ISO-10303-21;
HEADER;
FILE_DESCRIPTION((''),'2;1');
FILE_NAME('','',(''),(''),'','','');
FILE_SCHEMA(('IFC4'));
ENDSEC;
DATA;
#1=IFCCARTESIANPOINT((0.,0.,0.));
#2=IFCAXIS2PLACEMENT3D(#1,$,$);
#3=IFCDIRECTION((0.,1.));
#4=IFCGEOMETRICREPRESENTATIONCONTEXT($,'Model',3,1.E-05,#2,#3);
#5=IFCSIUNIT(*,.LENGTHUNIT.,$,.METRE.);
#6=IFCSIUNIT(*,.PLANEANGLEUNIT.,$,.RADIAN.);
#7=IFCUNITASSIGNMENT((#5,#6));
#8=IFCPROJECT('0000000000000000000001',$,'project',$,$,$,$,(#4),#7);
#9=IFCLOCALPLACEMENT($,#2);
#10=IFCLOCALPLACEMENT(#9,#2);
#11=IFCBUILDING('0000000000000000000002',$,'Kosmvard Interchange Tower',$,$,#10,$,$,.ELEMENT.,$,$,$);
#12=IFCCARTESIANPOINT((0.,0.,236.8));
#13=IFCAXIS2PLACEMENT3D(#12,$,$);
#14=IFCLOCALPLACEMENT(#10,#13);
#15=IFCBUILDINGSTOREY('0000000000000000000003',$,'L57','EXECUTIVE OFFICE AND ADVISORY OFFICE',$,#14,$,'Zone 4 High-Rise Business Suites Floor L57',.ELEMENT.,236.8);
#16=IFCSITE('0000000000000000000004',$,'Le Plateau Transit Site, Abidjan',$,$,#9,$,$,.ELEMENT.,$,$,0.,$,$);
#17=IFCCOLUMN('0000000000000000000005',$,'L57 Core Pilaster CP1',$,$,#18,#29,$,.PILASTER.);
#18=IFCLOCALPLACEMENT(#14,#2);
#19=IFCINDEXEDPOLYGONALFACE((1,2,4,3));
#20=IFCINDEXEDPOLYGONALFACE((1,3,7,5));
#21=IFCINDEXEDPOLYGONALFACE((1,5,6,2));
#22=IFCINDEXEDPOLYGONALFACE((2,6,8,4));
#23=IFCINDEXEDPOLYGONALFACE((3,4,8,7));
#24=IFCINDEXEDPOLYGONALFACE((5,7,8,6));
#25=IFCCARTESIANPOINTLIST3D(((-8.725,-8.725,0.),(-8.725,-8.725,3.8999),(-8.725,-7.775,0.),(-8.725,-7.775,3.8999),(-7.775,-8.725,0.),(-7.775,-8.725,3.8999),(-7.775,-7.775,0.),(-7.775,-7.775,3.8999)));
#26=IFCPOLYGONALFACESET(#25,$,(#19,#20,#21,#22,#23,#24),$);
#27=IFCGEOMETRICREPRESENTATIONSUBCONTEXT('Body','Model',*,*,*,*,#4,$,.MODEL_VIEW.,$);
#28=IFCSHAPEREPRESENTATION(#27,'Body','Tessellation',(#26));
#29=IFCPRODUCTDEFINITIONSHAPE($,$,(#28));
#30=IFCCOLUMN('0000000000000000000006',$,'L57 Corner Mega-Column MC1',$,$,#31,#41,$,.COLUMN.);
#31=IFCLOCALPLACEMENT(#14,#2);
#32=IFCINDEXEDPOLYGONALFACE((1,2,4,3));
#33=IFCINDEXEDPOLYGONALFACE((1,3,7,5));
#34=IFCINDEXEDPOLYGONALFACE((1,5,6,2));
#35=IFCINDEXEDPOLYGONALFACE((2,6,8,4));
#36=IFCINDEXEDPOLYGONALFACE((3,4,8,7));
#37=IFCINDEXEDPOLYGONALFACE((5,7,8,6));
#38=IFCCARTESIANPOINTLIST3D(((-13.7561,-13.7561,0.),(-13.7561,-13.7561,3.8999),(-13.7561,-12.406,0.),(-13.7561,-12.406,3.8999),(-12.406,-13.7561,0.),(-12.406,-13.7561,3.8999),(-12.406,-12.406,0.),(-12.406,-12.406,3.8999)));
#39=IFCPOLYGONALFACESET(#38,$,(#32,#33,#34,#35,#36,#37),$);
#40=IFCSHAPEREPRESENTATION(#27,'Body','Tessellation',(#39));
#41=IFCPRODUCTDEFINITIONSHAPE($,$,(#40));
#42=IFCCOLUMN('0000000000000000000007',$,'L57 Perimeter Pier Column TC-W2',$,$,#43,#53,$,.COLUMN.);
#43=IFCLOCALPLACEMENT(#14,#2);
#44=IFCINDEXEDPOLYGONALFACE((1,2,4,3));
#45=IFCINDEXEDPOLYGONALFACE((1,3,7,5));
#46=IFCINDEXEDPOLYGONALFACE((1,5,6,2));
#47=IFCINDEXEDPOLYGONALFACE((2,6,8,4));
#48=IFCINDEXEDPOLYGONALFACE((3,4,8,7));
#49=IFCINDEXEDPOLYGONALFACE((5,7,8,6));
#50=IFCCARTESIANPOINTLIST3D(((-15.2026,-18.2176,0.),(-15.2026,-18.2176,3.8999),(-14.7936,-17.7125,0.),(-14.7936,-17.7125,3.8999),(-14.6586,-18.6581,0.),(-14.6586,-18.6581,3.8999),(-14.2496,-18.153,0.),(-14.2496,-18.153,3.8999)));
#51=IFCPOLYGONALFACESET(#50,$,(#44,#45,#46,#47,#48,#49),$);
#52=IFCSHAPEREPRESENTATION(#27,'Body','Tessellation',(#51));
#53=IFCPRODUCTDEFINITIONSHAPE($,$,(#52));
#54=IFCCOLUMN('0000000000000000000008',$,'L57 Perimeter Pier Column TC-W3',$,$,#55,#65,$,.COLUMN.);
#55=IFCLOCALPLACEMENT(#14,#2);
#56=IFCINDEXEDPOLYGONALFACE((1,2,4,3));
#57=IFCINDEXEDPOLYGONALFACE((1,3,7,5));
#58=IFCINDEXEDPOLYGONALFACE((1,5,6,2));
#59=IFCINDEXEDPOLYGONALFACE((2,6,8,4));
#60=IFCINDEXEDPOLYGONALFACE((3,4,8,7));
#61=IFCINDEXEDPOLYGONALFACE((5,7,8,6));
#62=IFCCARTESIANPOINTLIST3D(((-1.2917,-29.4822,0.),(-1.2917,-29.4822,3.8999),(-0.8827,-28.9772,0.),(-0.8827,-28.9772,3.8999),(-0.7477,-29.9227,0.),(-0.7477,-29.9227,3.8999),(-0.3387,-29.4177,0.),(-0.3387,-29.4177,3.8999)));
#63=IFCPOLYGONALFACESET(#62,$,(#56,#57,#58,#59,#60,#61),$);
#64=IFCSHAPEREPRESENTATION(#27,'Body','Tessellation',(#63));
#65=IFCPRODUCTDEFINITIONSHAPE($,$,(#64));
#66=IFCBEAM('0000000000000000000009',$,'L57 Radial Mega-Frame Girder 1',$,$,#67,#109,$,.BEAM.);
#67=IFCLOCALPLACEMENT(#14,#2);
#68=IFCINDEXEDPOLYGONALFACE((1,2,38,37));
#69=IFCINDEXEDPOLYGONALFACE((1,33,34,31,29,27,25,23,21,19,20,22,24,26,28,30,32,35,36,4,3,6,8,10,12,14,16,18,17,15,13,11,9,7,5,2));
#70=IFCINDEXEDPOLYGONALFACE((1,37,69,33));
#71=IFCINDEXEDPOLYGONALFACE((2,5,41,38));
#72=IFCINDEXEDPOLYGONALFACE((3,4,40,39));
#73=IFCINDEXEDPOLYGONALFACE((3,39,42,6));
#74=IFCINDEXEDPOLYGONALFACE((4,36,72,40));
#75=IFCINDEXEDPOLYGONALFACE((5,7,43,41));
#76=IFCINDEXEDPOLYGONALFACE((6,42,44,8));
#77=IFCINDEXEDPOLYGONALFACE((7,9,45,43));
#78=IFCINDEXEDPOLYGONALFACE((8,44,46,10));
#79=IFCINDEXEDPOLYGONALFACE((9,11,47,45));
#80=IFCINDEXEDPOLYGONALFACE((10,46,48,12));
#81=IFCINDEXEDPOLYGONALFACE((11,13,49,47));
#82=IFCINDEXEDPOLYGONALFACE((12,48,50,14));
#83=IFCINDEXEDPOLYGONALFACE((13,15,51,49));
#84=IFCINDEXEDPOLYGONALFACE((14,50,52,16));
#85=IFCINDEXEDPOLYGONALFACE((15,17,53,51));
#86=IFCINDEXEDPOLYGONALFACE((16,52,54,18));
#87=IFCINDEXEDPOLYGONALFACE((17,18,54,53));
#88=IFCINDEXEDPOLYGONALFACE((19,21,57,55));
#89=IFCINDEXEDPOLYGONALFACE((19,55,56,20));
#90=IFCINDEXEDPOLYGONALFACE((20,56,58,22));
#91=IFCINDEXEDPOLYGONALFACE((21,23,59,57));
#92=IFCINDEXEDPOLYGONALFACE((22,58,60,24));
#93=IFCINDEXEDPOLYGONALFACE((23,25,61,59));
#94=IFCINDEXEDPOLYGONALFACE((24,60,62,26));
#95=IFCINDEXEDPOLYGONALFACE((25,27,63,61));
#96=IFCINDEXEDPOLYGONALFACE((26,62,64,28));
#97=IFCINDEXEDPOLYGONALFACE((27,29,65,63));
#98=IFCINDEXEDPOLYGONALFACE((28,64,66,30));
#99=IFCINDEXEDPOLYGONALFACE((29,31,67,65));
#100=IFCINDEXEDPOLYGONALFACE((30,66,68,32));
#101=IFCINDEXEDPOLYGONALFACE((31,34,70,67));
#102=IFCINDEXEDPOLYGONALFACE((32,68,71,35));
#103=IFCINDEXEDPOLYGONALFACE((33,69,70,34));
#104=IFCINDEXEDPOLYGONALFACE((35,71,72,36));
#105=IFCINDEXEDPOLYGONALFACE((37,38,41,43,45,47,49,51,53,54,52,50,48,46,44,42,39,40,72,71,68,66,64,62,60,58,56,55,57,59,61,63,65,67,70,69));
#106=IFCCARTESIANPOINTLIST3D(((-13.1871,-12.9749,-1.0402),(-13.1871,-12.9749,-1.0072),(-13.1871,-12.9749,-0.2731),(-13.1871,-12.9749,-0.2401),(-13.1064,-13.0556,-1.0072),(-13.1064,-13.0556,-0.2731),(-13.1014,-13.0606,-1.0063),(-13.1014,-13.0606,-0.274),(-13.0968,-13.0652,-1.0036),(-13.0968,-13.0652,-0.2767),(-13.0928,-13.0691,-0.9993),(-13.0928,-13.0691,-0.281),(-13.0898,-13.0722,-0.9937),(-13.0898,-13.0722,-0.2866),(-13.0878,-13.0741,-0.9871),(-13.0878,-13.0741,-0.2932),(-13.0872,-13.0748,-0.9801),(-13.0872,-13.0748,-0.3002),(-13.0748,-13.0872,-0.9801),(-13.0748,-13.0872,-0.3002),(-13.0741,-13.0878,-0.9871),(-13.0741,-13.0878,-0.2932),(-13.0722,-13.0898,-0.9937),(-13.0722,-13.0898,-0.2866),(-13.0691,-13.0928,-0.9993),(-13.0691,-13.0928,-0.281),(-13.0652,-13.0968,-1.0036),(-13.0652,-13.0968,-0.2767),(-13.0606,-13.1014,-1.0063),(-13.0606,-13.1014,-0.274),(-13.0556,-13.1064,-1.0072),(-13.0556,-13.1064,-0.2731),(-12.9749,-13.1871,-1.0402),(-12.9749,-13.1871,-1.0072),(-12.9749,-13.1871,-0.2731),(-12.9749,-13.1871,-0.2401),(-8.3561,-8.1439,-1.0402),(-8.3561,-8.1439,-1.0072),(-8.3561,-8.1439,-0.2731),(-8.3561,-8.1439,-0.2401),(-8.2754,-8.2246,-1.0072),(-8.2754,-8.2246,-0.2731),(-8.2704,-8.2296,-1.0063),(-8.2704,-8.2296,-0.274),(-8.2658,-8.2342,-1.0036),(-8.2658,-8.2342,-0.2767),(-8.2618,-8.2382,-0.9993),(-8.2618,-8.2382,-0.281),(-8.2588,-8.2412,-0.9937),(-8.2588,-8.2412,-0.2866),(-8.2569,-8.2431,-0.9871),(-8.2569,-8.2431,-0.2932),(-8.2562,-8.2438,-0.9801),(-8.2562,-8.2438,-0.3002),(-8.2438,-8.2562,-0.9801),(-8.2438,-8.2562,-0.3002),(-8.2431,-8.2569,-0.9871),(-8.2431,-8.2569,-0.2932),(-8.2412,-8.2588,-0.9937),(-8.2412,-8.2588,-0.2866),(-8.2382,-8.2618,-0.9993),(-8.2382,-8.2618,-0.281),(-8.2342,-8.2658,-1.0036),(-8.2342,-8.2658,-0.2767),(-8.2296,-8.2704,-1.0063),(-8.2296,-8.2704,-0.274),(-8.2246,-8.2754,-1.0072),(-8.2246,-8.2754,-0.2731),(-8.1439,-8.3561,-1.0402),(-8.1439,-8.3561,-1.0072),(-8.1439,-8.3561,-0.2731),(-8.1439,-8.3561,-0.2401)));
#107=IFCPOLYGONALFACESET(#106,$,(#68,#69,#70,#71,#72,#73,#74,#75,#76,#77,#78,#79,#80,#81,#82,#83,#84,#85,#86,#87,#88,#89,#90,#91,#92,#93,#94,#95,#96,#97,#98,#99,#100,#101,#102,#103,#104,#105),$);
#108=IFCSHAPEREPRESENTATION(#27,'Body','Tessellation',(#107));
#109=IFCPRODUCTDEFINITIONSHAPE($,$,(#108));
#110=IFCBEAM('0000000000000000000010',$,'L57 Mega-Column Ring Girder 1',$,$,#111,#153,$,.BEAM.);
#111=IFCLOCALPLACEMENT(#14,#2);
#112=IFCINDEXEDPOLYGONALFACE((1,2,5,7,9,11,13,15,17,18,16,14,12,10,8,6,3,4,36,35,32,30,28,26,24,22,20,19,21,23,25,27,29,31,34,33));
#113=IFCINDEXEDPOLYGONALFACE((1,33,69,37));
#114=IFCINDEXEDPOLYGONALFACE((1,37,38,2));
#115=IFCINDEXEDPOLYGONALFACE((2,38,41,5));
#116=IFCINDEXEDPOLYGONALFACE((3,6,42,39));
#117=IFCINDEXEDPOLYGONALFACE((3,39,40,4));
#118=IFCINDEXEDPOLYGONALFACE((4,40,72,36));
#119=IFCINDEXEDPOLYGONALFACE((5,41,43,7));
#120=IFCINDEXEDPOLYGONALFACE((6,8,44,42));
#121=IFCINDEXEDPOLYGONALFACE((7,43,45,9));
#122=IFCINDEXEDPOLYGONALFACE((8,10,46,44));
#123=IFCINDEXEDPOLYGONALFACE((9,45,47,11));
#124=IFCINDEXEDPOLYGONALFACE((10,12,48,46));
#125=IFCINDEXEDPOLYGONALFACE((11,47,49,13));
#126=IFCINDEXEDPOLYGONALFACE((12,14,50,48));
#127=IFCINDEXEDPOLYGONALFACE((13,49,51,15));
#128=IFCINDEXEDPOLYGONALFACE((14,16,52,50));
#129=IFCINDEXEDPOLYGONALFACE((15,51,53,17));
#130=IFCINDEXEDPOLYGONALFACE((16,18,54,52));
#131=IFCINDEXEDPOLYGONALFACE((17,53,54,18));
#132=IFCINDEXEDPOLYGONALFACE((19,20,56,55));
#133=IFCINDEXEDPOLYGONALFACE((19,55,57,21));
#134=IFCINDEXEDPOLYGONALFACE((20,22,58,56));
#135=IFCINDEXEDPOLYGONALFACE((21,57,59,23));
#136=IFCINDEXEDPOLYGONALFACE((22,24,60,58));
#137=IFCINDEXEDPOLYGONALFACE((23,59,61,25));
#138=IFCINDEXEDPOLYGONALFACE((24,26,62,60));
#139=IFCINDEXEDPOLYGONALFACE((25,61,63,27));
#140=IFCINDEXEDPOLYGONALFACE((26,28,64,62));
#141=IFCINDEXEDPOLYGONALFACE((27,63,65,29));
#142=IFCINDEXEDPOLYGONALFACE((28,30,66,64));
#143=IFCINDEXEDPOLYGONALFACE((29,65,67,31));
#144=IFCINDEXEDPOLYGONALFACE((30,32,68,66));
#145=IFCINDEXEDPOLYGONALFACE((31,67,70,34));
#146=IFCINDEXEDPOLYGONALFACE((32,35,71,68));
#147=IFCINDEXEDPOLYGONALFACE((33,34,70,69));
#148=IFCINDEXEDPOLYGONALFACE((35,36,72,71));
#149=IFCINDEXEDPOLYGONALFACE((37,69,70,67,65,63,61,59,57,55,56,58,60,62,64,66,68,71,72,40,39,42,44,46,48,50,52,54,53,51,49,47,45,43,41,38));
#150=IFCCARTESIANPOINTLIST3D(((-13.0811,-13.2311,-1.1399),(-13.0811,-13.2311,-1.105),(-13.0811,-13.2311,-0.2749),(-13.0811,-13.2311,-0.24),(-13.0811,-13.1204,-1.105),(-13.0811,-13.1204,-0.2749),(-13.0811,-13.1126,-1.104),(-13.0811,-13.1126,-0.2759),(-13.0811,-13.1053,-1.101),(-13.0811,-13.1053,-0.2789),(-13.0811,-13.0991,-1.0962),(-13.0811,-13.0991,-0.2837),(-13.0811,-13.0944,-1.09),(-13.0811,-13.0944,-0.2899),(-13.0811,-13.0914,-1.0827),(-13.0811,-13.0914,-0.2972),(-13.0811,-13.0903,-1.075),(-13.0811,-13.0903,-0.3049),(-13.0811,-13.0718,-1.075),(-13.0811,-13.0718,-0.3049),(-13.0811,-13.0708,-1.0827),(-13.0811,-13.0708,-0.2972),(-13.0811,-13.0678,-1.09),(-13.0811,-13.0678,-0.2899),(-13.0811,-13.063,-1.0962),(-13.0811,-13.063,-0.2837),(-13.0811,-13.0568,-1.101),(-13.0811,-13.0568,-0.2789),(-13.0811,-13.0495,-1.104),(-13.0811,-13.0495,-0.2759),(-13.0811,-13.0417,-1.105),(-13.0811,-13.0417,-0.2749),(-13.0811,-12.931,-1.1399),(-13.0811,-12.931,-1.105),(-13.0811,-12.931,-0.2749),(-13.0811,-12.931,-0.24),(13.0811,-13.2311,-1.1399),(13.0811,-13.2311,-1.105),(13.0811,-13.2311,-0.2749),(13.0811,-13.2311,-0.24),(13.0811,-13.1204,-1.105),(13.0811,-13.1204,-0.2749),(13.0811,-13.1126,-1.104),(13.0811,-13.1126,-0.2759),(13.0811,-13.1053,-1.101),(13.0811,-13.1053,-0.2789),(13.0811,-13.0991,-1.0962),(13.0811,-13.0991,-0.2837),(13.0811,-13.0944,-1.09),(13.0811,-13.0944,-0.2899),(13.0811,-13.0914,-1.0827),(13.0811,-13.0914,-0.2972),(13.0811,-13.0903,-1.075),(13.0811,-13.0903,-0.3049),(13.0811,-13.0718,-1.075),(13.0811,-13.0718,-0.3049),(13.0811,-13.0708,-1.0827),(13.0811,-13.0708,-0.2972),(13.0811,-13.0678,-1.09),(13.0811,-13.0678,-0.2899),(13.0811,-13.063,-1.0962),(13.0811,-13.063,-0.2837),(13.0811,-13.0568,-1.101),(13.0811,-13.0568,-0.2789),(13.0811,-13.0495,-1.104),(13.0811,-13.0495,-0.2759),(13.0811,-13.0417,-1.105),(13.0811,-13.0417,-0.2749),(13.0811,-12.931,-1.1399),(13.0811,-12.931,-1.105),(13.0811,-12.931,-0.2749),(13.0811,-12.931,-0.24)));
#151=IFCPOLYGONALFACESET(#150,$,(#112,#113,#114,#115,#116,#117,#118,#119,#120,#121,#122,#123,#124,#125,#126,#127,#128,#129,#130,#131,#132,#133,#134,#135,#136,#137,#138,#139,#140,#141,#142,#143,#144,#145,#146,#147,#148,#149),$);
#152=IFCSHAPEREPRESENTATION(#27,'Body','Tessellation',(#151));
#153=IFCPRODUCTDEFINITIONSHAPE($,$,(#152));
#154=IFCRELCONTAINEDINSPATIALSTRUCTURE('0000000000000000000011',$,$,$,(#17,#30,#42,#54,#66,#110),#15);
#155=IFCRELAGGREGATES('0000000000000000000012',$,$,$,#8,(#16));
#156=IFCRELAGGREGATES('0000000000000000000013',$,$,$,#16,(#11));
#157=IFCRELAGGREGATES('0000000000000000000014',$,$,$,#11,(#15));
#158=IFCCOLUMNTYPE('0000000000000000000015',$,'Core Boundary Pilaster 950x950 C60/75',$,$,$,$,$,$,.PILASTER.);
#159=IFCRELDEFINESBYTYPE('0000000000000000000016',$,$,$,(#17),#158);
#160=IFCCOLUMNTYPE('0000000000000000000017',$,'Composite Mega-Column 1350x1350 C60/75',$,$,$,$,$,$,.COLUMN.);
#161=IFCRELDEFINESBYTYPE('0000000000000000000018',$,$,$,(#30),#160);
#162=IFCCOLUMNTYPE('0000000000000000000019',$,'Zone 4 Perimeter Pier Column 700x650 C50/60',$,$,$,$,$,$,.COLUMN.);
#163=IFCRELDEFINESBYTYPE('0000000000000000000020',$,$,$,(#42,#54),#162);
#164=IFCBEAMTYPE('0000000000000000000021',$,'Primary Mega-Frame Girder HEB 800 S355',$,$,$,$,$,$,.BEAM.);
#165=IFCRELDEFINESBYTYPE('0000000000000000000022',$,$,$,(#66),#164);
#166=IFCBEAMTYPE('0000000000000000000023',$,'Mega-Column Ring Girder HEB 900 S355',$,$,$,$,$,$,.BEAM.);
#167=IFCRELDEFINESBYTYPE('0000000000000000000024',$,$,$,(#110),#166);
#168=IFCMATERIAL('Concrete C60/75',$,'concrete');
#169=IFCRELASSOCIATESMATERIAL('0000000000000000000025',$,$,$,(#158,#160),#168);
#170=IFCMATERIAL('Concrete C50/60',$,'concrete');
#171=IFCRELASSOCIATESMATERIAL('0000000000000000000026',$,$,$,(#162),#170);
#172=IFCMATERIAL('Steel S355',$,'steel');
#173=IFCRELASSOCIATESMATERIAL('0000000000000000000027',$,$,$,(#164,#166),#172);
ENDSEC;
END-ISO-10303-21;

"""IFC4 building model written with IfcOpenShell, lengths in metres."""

from ifc_helpers import new_model, si_unit, direction, frame, origin, origin_2d, place, context, subcontext, project, spatial, rectangle, i_section, extrude, source, transform, mapped, material, material_profile, profile_set, type_object, element, save


model = new_model("IFC4")

# Units and contexts
model_context = context("Model", 3, precision=1e-05, world=origin(), true_north=direction((0.0, 1.0)))
body_context = subcontext(model_context, "Body", "Model", "MODEL_VIEW")
ifc_project = project(units=[si_unit("LENGTHUNIT", "METRE"), si_unit("PLANEANGLEUNIT", "RADIAN")], contexts=[model_context])

# Site, building, storey
site_placement = place(None, origin())
site = spatial("IfcSite", under=ifc_project, at=site_placement, Name="Le Plateau Transit Site, Abidjan", CompositionType="ELEMENT", RefElevation=0.0)
building_placement = place(site_placement, origin())
building = spatial("IfcBuilding", under=site, at=building_placement, Name="Kosmvard Interchange Tower", CompositionType="ELEMENT")
storey_placement = place(building_placement, frame((0.0, 0.0, 236.8)))
storey = spatial("IfcBuildingStorey", under=building, at=storey_placement, Name="L57", Description="EXECUTIVE OFFICE AND ADVISORY OFFICE", LongName="Zone 4 High-Rise Business Suites Floor L57", CompositionType="ELEMENT", Elevation=236.8)

# Columns
ifc_material_1 = material(Name="Concrete C60/75", Category="concrete")
ifc_material_profile_1 = material_profile(ifc_material_1, rectangle(XDim=0.95, YDim=0.95, at=origin_2d()), Name="CP 950x950")
ifc_profile_set_1 = profile_set([ifc_material_profile_1], Name="Concrete C60/75")
column_type_1 = type_object("IfcColumnType", Name="Core Boundary Pilaster 950x950 C60/75", PredefinedType="PILASTER", material=ifc_profile_set_1)
shared_shape_1 = source(origin(), body_context, "Body", "SweptSolid", [
    extrude(rectangle(XDim=0.95, YDim=0.95, at=origin_2d()), origin(), (0.0, 0.0, 1.0), 3.8999),
])
column_1_placement = place(storey_placement, frame((-8.25, -8.25, 0.0), z_axis=(0.0, 0.0, 1.0), x_axis=(1.0, 0.0, 0.0)))
element("IfcColumn", 1, at=column_1_placement, inside=storey, type_object=column_type_1, Name="L57 Core Pilaster CP1", PredefinedType="PILASTER", context=body_context, shape_type="MappedRepresentation", body=[
    mapped(shared_shape_1, transform((0.0, 0.0, 0.0), scale=1.0)),
])
ifc_material_profile_2 = material_profile(ifc_material_1, rectangle(XDim=1.3501, YDim=1.3501, at=origin_2d()), Name="MC 1350x1350")
ifc_profile_set_2 = profile_set([ifc_material_profile_2], Name="Concrete C60/75")
column_type_2 = type_object("IfcColumnType", Name="Composite Mega-Column 1350x1350 C60/75", PredefinedType="COLUMN", material=ifc_profile_set_2)
shared_shape_2 = source(origin(), body_context, "Body", "SweptSolid", [
    extrude(rectangle(XDim=1.3501, YDim=1.3501, at=origin_2d()), origin(), (0.0, 0.0, 1.0), 3.8999),
])
column_2_placement = place(storey_placement, frame((-13.0811, -13.0811, 0.0), z_axis=(0.0, 0.0, 1.0), x_axis=(1.0, 0.0, 0.0)))
element("IfcColumn", 2, at=column_2_placement, inside=storey, type_object=column_type_2, Name="L57 Corner Mega-Column MC1", PredefinedType="COLUMN", context=body_context, shape_type="MappedRepresentation", body=[
    mapped(shared_shape_2, transform((0.0, 0.0, 0.0), scale=1.0)),
])
ifc_material_2 = material(Name="Concrete C50/60", Category="concrete")
ifc_material_profile_3 = material_profile(ifc_material_2, rectangle(XDim=0.6499, YDim=0.7, at=origin_2d()), Name="TC 700x650")
ifc_profile_set_3 = profile_set([ifc_material_profile_3], Name="Concrete C50/60")
column_type_3 = type_object("IfcColumnType", Name="Zone 4 Perimeter Pier Column 700x650 C50/60", PredefinedType="COLUMN", material=ifc_profile_set_3)
shared_shape_3 = source(origin(), body_context, "Body", "SweptSolid", [
    extrude(rectangle(XDim=0.6499, YDim=0.7, at=origin_2d()), origin(), (0.0, 0.0, 1.0), 3.8999),
])
for number, where, z_axis, x_axis, name in (
    (3, (-14.7261, -18.1853, 0.0), (0.0, 0.0, 1.0), (0.62932, 0.777146, 0.0), "L57 Perimeter Pier Column TC-W2"),
    (4, (-0.8152, -29.45, 0.0), (0.0, 0.0, 1.0), (0.62932, 0.777146, 0.0), "L57 Perimeter Pier Column TC-W3"),
):
    element("IfcColumn", number, at=place(storey_placement, frame(where, z_axis=z_axis, x_axis=x_axis)), inside=storey, type_object=column_type_3, Name=name, PredefinedType="COLUMN", context=body_context, shape_type="MappedRepresentation", body=[
        mapped(shared_shape_3, transform((0.0, 0.0, 0.0), scale=1.0)),
    ])

# Beams
ifc_material_3 = material(Name="Steel S355", Category="steel")
ifc_material_profile_4 = material_profile(ifc_material_3, i_section(OverallWidth=0.3, OverallDepth=0.8, WebThickness=0.0176, FlangeThickness=0.033, FilletRadius=0.0271, at=origin_2d()), Name="HEB 800")
ifc_profile_set_4 = profile_set([ifc_material_profile_4], Name="Steel S355")
beam_type_1 = type_object("IfcBeamType", Name="Primary Mega-Frame Girder HEB 800 S355", PredefinedType="BEAM", material=ifc_profile_set_4)
shared_shape_4 = source(origin(), body_context, "Body", "SweptSolid", [
    extrude(i_section(OverallWidth=0.3, OverallDepth=0.8, WebThickness=0.0176, FlangeThickness=0.033, FilletRadius=0.0271, at=origin_2d()), origin(), (0.0, 0.0, 1.0), 6.832),
])
beam_1_placement = place(storey_placement, frame((-8.25, -8.25, -0.6401), z_axis=(-0.707107, -0.707107, 0.0), x_axis=(0.707107, -0.707107, 0.0)))
element("IfcBeam", 5, at=beam_1_placement, inside=storey, type_object=beam_type_1, Name="L57 Radial Mega-Frame Girder 1", PredefinedType="BEAM", context=body_context, shape_type="MappedRepresentation", body=[
    mapped(shared_shape_4, transform((0.0, 0.0, 0.0), scale=1.0)),
])
ifc_material_profile_5 = material_profile(ifc_material_3, i_section(OverallWidth=0.3, OverallDepth=0.8999, WebThickness=0.0186, FlangeThickness=0.0349, FilletRadius=0.03, at=origin_2d()), Name="HEB 900")
ifc_profile_set_5 = profile_set([ifc_material_profile_5], Name="Steel S355")
beam_type_2 = type_object("IfcBeamType", Name="Mega-Column Ring Girder HEB 900 S355", PredefinedType="BEAM", material=ifc_profile_set_5)
shared_shape_5 = source(origin(), body_context, "Body", "SweptSolid", [
    extrude(i_section(OverallWidth=0.3, OverallDepth=0.8999, WebThickness=0.0186, FlangeThickness=0.0349, FilletRadius=0.03, at=origin_2d()), origin(), (0.0, 0.0, 1.0), 26.1621),
])
beam_2_placement = place(storey_placement, frame((-13.0811, -13.0811, -0.6899), z_axis=(1.0, 0.0, 0.0), x_axis=(0.0, 1.0, 0.0)))
element("IfcBeam", 6, at=beam_2_placement, inside=storey, type_object=beam_type_2, Name="L57 Mega-Column Ring Girder 1", PredefinedType="BEAM", context=body_context, shape_type="MappedRepresentation", body=[
    mapped(shared_shape_5, transform((0.0, 0.0, 0.0), scale=1.0)),
])

save(model, "model.ifc")
